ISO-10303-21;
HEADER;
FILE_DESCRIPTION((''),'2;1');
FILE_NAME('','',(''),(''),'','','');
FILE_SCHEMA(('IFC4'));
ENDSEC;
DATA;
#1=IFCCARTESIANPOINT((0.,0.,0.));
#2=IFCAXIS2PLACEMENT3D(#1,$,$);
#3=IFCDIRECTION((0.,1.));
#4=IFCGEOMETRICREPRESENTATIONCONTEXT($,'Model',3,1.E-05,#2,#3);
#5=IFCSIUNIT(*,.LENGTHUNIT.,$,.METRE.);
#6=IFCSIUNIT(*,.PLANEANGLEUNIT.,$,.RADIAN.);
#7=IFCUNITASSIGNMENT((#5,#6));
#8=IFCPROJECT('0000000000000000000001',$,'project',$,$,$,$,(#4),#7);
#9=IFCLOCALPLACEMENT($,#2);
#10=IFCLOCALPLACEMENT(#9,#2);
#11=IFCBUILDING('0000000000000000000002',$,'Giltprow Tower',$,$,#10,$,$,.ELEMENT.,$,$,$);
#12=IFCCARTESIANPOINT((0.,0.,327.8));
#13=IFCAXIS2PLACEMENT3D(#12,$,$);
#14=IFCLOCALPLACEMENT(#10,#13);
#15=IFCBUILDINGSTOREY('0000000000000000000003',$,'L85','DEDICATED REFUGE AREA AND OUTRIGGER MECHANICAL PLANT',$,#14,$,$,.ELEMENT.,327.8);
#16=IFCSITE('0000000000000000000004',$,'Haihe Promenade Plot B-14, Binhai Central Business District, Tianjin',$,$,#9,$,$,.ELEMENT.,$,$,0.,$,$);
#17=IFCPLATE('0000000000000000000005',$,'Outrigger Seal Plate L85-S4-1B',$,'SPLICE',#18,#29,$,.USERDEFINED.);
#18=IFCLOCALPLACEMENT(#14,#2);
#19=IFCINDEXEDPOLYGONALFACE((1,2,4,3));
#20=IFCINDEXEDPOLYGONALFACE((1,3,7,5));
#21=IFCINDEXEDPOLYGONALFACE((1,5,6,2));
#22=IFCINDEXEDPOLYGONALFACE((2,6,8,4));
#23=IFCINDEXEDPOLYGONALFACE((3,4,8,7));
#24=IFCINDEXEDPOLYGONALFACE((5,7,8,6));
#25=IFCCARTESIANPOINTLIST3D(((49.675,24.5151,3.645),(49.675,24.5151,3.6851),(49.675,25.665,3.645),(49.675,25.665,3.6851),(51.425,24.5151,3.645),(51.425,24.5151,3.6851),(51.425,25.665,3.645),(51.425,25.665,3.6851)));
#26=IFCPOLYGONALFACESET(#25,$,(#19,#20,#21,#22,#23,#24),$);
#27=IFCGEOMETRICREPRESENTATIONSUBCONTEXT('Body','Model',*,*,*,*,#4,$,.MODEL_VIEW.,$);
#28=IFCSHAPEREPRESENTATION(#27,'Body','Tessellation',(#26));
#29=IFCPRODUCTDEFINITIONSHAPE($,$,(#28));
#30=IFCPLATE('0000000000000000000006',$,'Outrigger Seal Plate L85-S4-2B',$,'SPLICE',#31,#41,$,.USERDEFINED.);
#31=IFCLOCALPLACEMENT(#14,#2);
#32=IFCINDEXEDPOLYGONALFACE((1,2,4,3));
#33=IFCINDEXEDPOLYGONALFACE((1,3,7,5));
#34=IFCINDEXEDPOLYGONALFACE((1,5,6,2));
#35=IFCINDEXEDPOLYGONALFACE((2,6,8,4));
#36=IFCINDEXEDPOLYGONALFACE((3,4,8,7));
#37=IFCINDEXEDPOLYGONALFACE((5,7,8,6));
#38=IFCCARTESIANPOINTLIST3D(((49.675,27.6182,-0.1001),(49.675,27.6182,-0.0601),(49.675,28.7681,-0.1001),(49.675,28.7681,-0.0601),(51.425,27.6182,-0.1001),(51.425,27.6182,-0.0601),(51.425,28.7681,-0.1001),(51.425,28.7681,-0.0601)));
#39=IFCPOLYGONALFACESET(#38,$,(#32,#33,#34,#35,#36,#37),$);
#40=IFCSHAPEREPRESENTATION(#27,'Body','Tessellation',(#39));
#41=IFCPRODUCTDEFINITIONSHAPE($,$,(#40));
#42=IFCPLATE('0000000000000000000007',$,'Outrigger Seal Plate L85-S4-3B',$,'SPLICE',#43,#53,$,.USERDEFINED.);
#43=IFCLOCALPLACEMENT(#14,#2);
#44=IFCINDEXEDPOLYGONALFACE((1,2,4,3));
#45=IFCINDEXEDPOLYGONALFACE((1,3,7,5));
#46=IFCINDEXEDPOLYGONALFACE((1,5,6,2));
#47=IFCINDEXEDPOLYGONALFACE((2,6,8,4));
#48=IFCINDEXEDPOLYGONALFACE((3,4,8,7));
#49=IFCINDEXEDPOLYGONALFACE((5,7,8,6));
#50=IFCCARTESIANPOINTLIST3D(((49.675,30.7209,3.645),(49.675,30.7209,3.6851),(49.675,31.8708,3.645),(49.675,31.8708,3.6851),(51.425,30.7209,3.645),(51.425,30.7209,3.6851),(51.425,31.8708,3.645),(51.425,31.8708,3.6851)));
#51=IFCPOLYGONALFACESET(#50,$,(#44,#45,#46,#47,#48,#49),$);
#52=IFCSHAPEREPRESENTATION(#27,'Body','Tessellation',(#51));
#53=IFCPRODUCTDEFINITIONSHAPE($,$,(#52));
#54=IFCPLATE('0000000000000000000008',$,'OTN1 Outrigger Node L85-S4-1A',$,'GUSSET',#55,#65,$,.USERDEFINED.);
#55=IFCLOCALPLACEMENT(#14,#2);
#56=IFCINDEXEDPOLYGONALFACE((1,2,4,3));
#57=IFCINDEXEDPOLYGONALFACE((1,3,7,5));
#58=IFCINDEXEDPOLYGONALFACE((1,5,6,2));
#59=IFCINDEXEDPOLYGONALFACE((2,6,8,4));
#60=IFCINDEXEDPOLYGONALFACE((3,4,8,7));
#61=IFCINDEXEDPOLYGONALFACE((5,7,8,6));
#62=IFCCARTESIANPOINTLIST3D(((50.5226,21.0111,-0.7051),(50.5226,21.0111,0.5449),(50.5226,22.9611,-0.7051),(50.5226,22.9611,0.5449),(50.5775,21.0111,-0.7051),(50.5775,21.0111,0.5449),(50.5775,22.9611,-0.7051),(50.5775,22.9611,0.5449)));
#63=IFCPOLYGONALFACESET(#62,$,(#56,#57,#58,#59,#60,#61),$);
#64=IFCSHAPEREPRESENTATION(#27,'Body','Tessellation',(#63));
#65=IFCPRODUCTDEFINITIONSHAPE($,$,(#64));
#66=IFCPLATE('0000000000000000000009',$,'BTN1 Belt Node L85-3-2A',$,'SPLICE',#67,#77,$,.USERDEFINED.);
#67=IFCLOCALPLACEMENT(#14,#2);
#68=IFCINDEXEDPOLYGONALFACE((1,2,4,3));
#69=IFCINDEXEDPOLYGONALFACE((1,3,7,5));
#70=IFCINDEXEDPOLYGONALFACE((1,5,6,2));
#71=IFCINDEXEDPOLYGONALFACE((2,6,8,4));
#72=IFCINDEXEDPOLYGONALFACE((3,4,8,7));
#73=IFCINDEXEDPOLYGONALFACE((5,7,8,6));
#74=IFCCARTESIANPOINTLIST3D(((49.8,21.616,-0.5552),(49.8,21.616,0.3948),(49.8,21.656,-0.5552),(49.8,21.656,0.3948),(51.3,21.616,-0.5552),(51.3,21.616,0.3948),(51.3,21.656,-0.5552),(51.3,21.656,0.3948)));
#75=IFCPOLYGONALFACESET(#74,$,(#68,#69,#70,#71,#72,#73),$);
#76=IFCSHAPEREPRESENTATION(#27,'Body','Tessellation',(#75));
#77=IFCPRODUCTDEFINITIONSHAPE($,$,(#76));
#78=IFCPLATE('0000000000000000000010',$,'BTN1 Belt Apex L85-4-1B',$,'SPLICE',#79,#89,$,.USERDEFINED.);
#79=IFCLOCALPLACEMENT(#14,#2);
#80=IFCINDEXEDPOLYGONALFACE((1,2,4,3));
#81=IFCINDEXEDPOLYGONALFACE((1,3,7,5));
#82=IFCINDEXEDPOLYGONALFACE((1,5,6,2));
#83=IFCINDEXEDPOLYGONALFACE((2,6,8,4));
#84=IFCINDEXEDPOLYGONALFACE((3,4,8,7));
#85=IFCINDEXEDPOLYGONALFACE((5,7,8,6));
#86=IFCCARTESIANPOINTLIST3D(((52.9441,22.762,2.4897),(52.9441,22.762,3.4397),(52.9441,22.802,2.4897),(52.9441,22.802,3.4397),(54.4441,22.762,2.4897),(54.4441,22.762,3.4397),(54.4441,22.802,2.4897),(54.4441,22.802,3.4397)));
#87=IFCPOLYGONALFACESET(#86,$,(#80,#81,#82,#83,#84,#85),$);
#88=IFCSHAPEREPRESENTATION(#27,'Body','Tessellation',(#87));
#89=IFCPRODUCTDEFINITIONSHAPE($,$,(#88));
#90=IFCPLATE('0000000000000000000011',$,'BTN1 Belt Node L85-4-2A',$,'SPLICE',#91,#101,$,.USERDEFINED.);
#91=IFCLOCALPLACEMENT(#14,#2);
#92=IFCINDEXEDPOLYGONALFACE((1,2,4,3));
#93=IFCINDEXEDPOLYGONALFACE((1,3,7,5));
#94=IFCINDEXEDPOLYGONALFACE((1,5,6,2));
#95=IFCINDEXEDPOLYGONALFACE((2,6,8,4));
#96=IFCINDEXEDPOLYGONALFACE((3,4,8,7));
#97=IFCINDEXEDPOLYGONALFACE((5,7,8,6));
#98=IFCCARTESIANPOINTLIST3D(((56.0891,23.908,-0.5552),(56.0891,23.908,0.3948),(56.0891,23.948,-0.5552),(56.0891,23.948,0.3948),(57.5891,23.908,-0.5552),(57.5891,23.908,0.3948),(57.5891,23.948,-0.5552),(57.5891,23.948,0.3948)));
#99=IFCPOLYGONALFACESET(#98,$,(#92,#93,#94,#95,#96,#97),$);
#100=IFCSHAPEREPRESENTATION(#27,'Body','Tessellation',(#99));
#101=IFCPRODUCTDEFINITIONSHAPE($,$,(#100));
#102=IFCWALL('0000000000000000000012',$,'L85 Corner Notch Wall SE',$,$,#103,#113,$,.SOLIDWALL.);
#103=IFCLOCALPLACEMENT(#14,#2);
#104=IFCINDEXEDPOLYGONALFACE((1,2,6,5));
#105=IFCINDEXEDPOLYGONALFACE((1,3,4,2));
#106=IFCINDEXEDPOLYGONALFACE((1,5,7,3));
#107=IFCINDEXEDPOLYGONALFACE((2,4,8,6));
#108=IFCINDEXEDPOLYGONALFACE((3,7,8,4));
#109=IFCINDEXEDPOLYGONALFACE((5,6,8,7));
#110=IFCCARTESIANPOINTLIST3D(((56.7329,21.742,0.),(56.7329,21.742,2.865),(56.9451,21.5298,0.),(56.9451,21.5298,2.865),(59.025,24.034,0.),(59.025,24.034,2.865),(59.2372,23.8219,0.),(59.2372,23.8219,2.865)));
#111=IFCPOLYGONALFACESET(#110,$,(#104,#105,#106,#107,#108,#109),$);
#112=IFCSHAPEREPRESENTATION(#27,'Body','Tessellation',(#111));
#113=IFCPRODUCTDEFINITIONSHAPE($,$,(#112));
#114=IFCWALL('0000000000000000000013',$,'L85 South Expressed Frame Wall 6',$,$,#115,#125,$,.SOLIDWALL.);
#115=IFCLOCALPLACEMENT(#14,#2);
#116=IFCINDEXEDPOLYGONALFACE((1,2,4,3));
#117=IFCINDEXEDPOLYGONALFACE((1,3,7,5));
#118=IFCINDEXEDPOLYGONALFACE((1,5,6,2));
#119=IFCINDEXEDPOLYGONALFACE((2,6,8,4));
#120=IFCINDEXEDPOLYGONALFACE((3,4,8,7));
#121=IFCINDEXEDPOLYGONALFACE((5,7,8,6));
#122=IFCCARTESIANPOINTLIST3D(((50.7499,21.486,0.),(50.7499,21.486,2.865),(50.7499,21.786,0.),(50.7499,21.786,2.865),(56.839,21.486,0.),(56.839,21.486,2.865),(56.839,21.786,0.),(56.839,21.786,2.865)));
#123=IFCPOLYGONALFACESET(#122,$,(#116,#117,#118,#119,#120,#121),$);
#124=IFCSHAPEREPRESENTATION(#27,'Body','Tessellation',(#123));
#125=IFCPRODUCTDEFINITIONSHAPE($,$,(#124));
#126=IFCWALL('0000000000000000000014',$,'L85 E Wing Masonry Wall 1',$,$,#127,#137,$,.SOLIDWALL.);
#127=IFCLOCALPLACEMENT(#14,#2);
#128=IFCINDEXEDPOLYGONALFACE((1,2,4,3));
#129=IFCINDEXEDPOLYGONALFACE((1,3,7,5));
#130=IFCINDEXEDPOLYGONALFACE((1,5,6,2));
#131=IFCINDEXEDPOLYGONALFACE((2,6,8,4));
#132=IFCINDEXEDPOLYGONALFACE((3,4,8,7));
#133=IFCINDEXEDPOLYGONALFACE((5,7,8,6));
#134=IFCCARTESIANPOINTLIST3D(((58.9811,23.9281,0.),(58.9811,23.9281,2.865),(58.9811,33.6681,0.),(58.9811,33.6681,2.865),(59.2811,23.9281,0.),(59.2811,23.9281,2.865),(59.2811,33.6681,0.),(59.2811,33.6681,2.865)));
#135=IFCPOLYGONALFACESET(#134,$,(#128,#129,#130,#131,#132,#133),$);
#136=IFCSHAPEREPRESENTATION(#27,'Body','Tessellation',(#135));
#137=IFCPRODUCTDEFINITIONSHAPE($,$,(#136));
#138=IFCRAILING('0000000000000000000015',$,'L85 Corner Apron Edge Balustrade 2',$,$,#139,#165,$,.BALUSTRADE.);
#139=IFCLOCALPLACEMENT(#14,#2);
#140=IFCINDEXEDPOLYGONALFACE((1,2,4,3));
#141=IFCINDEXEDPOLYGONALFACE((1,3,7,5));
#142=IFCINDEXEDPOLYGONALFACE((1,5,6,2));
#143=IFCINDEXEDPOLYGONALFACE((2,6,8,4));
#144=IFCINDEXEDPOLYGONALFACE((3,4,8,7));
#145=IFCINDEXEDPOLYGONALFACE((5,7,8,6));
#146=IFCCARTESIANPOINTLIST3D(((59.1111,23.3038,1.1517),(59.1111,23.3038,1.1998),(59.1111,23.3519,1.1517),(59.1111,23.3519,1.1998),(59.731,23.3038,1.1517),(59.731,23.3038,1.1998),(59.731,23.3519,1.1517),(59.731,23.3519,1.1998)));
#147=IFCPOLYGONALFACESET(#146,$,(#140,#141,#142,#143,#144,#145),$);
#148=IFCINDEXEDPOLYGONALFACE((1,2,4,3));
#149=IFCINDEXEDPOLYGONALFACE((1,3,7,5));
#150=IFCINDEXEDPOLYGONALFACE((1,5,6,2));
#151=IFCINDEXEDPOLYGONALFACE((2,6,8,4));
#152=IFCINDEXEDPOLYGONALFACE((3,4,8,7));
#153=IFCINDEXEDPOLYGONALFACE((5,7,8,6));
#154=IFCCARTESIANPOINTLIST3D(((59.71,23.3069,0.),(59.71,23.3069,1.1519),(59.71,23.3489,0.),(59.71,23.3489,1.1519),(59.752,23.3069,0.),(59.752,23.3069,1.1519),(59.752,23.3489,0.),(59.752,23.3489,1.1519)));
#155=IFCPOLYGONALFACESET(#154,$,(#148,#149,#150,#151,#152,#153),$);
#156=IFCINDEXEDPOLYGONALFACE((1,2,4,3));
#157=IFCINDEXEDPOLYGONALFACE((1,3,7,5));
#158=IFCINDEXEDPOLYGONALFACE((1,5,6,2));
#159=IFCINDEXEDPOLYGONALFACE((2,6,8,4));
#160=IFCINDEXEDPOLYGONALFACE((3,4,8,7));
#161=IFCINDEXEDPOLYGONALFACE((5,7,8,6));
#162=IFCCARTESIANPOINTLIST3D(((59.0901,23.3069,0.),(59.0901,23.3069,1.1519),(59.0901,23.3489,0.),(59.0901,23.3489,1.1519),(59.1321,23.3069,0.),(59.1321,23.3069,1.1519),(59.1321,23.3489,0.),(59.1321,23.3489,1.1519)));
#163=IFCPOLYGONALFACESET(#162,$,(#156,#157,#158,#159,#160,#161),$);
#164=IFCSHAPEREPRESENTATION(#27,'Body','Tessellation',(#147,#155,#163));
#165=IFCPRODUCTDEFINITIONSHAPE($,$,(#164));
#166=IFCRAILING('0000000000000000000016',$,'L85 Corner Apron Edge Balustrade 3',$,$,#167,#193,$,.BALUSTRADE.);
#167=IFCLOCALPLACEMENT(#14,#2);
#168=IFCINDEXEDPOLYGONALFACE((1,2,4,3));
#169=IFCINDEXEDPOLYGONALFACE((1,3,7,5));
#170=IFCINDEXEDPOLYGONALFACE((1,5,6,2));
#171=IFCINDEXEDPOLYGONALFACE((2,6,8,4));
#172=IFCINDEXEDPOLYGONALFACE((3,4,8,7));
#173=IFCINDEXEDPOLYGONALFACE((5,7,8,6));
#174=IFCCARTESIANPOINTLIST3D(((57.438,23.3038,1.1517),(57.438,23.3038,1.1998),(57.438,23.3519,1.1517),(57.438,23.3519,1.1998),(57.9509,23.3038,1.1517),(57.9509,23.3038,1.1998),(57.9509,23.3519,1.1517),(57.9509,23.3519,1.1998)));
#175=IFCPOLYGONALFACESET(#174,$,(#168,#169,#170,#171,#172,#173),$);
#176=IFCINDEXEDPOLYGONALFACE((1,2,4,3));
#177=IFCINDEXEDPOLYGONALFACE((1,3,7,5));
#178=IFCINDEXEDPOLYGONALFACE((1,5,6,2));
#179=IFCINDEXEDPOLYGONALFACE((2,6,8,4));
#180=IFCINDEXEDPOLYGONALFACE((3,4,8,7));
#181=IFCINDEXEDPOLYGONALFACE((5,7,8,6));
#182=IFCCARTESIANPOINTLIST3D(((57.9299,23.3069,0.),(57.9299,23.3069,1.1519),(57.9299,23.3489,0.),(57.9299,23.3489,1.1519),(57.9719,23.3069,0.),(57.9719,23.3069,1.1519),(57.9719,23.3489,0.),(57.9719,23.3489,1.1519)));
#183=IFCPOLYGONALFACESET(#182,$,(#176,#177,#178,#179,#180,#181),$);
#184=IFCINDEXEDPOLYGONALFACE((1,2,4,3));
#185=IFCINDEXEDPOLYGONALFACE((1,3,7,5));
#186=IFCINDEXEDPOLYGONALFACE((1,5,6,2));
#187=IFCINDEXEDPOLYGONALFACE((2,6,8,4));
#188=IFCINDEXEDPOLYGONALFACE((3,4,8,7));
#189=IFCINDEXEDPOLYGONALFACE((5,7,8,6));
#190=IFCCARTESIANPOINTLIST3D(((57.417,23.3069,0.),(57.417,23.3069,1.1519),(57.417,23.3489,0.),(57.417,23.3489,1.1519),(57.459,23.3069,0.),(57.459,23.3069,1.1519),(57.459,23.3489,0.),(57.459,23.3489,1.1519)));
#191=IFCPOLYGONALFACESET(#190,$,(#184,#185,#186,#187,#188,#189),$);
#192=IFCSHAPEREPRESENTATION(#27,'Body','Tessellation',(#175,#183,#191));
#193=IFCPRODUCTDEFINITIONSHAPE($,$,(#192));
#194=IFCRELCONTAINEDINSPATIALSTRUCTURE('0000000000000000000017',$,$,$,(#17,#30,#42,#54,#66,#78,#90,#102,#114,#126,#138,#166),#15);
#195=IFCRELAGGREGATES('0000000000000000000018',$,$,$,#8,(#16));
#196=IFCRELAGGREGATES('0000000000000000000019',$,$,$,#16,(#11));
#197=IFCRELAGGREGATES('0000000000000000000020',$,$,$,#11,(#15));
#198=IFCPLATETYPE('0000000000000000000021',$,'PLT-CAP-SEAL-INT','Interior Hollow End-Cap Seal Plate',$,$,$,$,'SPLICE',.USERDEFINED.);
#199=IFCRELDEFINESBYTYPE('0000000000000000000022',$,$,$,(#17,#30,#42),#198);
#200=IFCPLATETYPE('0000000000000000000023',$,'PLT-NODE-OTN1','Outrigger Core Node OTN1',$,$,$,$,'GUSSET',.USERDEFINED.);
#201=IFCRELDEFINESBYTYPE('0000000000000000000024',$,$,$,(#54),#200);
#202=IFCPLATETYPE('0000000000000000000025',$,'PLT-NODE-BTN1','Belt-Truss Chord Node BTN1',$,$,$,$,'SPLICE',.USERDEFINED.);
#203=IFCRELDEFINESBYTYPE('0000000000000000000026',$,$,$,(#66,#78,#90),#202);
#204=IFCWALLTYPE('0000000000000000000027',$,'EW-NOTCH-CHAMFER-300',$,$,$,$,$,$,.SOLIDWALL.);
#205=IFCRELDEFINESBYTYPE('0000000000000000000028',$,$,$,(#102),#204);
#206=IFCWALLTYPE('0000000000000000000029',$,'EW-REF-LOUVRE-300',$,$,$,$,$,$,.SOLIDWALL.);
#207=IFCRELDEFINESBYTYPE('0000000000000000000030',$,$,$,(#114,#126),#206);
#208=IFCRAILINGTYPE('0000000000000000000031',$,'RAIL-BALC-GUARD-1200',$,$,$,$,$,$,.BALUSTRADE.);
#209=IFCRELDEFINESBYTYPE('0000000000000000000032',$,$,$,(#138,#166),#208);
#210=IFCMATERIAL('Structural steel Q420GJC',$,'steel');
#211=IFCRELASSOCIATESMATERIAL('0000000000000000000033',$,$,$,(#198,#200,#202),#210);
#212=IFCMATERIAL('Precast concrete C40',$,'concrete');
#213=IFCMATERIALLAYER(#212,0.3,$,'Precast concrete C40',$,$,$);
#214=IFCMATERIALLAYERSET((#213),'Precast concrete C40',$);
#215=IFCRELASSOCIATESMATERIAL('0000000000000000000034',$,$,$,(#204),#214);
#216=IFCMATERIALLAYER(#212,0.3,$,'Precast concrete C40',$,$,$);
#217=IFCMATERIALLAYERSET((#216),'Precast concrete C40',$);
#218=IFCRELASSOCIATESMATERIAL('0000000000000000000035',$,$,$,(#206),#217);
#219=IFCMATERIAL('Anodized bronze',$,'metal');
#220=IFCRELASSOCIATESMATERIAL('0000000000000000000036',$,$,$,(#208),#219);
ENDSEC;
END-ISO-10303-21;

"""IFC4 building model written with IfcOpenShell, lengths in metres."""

from ifc_helpers import new_model, si_unit, direction, frame, frame_2d, origin, origin_2d, place, context, subcontext, project, spatial, rectangle, extrude, source, transform, mapped, material, layer, layer_set, type_object, element, save


model = new_model("IFC4")

# Units and contexts
model_context = context("Model", 3, precision=1e-05, world=origin(), true_north=direction((0.0, 1.0)))
body_context = subcontext(model_context, "Body", "Model", "MODEL_VIEW")
ifc_project = project(units=[si_unit("LENGTHUNIT", "METRE"), si_unit("PLANEANGLEUNIT", "RADIAN")], contexts=[model_context])

# Site, building, storey
site_placement = place(None, origin())
site = spatial("IfcSite", under=ifc_project, at=site_placement, Name="Haihe Promenade Plot B-14, Binhai Central Business District, Tianjin", CompositionType="ELEMENT", RefElevation=0.0)
building_placement = place(site_placement, origin())
building = spatial("IfcBuilding", under=site, at=building_placement, Name="Giltprow Tower", CompositionType="ELEMENT")
storey_placement = place(building_placement, frame((0.0, 0.0, 327.8)))
storey = spatial("IfcBuildingStorey", under=building, at=storey_placement, Name="L85", Description="DEDICATED REFUGE AREA AND OUTRIGGER MECHANICAL PLANT", CompositionType="ELEMENT", Elevation=327.8)

# Shared definitions
ifc_material_1 = material(Name="Structural steel Q420GJC", Category="steel")

# Plates
plate_type_1 = type_object("IfcPlateType", Name="PLT-CAP-SEAL-INT", Description="Interior Hollow End-Cap Seal Plate", ElementType="SPLICE", PredefinedType="USERDEFINED", material=ifc_material_1)
shared_shape_1 = source(origin(), body_context, "Body", "SweptSolid", [
    extrude(rectangle(XDim=1.75, YDim=1.1499, at=origin_2d()), origin(), (0.0, 0.0, 1.0), 0.04),
])
for number, where, z_axis, x_axis, name in (
    (1, (50.55, 25.0901, 3.645), (0.0, 0.0, 1.0), (1.0, 0.0, 0.0), "Outrigger Seal Plate L85-S4-1B"),
    (2, (50.55, 28.1931, -0.1001), (0.0, 0.0, 1.0), (1.0, 0.0, 0.0), "Outrigger Seal Plate L85-S4-2B"),
    (3, (50.55, 31.2959, 3.645), (0.0, 0.0, 1.0), (1.0, 0.0, 0.0), "Outrigger Seal Plate L85-S4-3B"),
):
    element("IfcPlate", number, at=place(storey_placement, frame(where, z_axis=z_axis, x_axis=x_axis)), inside=storey, type_object=plate_type_1, Name=name, ObjectType="SPLICE", PredefinedType="USERDEFINED", context=body_context, shape_type="MappedRepresentation", body=[
        mapped(shared_shape_1, transform((0.0, 0.0, 0.0), x_axis=(1.0, 0.0, 0.0), y_axis=(0.0, 1.0, 0.0), z_axis=(0.0, 0.0, 1.0), scale=1.0)),
    ])
plate_type_2 = type_object("IfcPlateType", Name="PLT-NODE-OTN1", Description="Outrigger Core Node OTN1", ElementType="GUSSET", PredefinedType="USERDEFINED", material=ifc_material_1)
shared_shape_2 = source(origin(), body_context, "Body", "SweptSolid", [
    extrude(rectangle(XDim=1.95, YDim=0.0549, at=origin_2d()), origin(), (0.0, 0.0, 1.0), 1.25),
])
plate_placement = place(storey_placement, frame((50.55, 21.9861, -0.7051), z_axis=(0.0, 0.0, 1.0), x_axis=(0.0, 1.0, 0.0)))
element("IfcPlate", 4, at=plate_placement, inside=storey, type_object=plate_type_2, Name="OTN1 Outrigger Node L85-S4-1A", ObjectType="GUSSET", PredefinedType="USERDEFINED", context=body_context, shape_type="MappedRepresentation", body=[
    mapped(shared_shape_2, transform((0.0, 0.0, 0.0), x_axis=(1.0, 0.0, 0.0), y_axis=(0.0, 1.0, 0.0), z_axis=(0.0, 0.0, 1.0), scale=1.0)),
])
plate_type_3 = type_object("IfcPlateType", Name="PLT-NODE-BTN1", Description="Belt-Truss Chord Node BTN1", ElementType="SPLICE", PredefinedType="USERDEFINED", material=ifc_material_1)
shared_shape_3 = source(origin(), body_context, "Body", "SweptSolid", [
    extrude(rectangle(XDim=1.5, YDim=0.04, at=origin_2d()), origin(), (0.0, 0.0, 1.0), 0.95),
])
for number, where, z_axis, x_axis, name in (
    (5, (50.55, 21.636, -0.5552), (0.0, 0.0, 1.0), (1.0, 0.0, 0.0), "BTN1 Belt Node L85-3-2A"),
    (6, (53.6941, 22.782, 2.4897), (0.0, 0.0, 1.0), (1.0, 0.0, 0.0), "BTN1 Belt Apex L85-4-1B"),
    (7, (56.8391, 23.928, -0.5552), (0.0, 0.0, 1.0), (1.0, 0.0, 0.0), "BTN1 Belt Node L85-4-2A"),
):
    element("IfcPlate", number, at=place(storey_placement, frame(where, z_axis=z_axis, x_axis=x_axis)), inside=storey, type_object=plate_type_3, Name=name, ObjectType="SPLICE", PredefinedType="USERDEFINED", context=body_context, shape_type="MappedRepresentation", body=[
        mapped(shared_shape_3, transform((0.0, 0.0, 0.0), x_axis=(1.0, 0.0, 0.0), y_axis=(0.0, 1.0, 0.0), z_axis=(0.0, 0.0, 1.0), scale=1.0)),
    ])

# Walls
ifc_material_2 = material(Name="Precast concrete C40", Category="concrete")
ifc_layer_1 = layer(ifc_material_2, 0.3, Name="Precast concrete C40")
ifc_layer_set_1 = layer_set([ifc_layer_1], Name="Precast concrete C40")
wall_type_1 = type_object("IfcWallType", Name="EW-NOTCH-CHAMFER-300", PredefinedType="SOLIDWALL", material=ifc_layer_set_1)
wall_1_placement = place(storey_placement, frame((56.8391, 21.636, 0.0), z_axis=(0.0, 0.0, 1.0), x_axis=(0.707107, 0.707107, 0.0)))
element("IfcWall", 8, at=wall_1_placement, inside=storey, type_object=wall_type_1, Name="L85 Corner Notch Wall SE", PredefinedType="SOLIDWALL", context=body_context, shape_type="SweptSolid", body=[
    extrude(rectangle(XDim=3.2415, YDim=0.3, at=frame_2d((1.6206, 0.0))), origin(), (0.0, 0.0, 1.0), 2.865),
])
ifc_layer_2 = layer(ifc_material_2, 0.3, Name="Precast concrete C40")
ifc_layer_set_2 = layer_set([ifc_layer_2], Name="Precast concrete C40")
wall_type_2 = type_object("IfcWallType", Name="EW-REF-LOUVRE-300", PredefinedType="SOLIDWALL", material=ifc_layer_set_2)
wall_2_placement = place(storey_placement, frame((50.75, 21.636, 0.0), z_axis=(0.0, 0.0, 1.0), x_axis=(1.0, 0.0, 0.0)))
element("IfcWall", 9, at=wall_2_placement, inside=storey, type_object=wall_type_2, Name="L85 South Expressed Frame Wall 6", PredefinedType="SOLIDWALL", context=body_context, shape_type="SweptSolid", body=[
    extrude(rectangle(XDim=6.0891, YDim=0.3, at=frame_2d((3.0444, 0.0))), origin(), (0.0, 0.0, 1.0), 2.865),
])
wall_3_placement = place(storey_placement, frame((59.1311, 23.928, 0.0), z_axis=(0.0, 0.0, 1.0), x_axis=(0.0, 1.0, 0.0)))
element("IfcWall", 10, at=wall_3_placement, inside=storey, type_object=wall_type_2, Name="L85 E Wing Masonry Wall 1", PredefinedType="SOLIDWALL", context=body_context, shape_type="SweptSolid", body=[
    extrude(rectangle(XDim=9.74, YDim=0.3, at=frame_2d((4.8701, 0.0))), origin(), (0.0, 0.0, 1.0), 2.865),
])

# Railings
ifc_material_3 = material(Name="Anodized bronze", Category="metal")
railing_type = type_object("IfcRailingType", Name="RAIL-BALC-GUARD-1200", PredefinedType="BALUSTRADE", material=ifc_material_3)
railing_1_placement = place(storey_placement, frame((59.731, 23.3279, 0.0)))
element("IfcRailing", 11, at=railing_1_placement, inside=storey, type_object=railing_type, Name="L85 Corner Apron Edge Balustrade 2", PredefinedType="BALUSTRADE", context=body_context, shape_type="SweptSolid", body=[
    extrude(rectangle(XDim=0.0481, YDim=0.0481, at=origin_2d()), frame((0.0, 0.0, 1.1758), z_axis=(-1.0, 0.0, 0.0), x_axis=(0.0, -1.0, 0.0)), (0.0, 0.0, 1.0), 0.6199),
    extrude(rectangle(XDim=0.042, YDim=0.042, at=origin_2d()), origin(), (0.0, 0.0, 1.0), 1.1519),
    extrude(rectangle(XDim=0.042, YDim=0.042, at=origin_2d()), frame((-0.6199, 0.0, 0.0)), (0.0, 0.0, 1.0), 1.1519),
])
railing_2_placement = place(storey_placement, frame((57.9509, 23.3279, 0.0)))
element("IfcRailing", 12, at=railing_2_placement, inside=storey, type_object=railing_type, Name="L85 Corner Apron Edge Balustrade 3", PredefinedType="BALUSTRADE", context=body_context, shape_type="SweptSolid", body=[
    extrude(rectangle(XDim=0.0481, YDim=0.0481, at=origin_2d()), frame((0.0, 0.0, 1.1758), z_axis=(-1.0, 0.0, 0.0), x_axis=(0.0, -1.0, 0.0)), (0.0, 0.0, 1.0), 0.5129),
    extrude(rectangle(XDim=0.042, YDim=0.042, at=origin_2d()), origin(), (0.0, 0.0, 1.0), 1.1519),
    extrude(rectangle(XDim=0.042, YDim=0.042, at=origin_2d()), frame((-0.5129, 0.0, 0.0)), (0.0, 0.0, 1.0), 1.1519),
])

save(model, "model.ifc")
